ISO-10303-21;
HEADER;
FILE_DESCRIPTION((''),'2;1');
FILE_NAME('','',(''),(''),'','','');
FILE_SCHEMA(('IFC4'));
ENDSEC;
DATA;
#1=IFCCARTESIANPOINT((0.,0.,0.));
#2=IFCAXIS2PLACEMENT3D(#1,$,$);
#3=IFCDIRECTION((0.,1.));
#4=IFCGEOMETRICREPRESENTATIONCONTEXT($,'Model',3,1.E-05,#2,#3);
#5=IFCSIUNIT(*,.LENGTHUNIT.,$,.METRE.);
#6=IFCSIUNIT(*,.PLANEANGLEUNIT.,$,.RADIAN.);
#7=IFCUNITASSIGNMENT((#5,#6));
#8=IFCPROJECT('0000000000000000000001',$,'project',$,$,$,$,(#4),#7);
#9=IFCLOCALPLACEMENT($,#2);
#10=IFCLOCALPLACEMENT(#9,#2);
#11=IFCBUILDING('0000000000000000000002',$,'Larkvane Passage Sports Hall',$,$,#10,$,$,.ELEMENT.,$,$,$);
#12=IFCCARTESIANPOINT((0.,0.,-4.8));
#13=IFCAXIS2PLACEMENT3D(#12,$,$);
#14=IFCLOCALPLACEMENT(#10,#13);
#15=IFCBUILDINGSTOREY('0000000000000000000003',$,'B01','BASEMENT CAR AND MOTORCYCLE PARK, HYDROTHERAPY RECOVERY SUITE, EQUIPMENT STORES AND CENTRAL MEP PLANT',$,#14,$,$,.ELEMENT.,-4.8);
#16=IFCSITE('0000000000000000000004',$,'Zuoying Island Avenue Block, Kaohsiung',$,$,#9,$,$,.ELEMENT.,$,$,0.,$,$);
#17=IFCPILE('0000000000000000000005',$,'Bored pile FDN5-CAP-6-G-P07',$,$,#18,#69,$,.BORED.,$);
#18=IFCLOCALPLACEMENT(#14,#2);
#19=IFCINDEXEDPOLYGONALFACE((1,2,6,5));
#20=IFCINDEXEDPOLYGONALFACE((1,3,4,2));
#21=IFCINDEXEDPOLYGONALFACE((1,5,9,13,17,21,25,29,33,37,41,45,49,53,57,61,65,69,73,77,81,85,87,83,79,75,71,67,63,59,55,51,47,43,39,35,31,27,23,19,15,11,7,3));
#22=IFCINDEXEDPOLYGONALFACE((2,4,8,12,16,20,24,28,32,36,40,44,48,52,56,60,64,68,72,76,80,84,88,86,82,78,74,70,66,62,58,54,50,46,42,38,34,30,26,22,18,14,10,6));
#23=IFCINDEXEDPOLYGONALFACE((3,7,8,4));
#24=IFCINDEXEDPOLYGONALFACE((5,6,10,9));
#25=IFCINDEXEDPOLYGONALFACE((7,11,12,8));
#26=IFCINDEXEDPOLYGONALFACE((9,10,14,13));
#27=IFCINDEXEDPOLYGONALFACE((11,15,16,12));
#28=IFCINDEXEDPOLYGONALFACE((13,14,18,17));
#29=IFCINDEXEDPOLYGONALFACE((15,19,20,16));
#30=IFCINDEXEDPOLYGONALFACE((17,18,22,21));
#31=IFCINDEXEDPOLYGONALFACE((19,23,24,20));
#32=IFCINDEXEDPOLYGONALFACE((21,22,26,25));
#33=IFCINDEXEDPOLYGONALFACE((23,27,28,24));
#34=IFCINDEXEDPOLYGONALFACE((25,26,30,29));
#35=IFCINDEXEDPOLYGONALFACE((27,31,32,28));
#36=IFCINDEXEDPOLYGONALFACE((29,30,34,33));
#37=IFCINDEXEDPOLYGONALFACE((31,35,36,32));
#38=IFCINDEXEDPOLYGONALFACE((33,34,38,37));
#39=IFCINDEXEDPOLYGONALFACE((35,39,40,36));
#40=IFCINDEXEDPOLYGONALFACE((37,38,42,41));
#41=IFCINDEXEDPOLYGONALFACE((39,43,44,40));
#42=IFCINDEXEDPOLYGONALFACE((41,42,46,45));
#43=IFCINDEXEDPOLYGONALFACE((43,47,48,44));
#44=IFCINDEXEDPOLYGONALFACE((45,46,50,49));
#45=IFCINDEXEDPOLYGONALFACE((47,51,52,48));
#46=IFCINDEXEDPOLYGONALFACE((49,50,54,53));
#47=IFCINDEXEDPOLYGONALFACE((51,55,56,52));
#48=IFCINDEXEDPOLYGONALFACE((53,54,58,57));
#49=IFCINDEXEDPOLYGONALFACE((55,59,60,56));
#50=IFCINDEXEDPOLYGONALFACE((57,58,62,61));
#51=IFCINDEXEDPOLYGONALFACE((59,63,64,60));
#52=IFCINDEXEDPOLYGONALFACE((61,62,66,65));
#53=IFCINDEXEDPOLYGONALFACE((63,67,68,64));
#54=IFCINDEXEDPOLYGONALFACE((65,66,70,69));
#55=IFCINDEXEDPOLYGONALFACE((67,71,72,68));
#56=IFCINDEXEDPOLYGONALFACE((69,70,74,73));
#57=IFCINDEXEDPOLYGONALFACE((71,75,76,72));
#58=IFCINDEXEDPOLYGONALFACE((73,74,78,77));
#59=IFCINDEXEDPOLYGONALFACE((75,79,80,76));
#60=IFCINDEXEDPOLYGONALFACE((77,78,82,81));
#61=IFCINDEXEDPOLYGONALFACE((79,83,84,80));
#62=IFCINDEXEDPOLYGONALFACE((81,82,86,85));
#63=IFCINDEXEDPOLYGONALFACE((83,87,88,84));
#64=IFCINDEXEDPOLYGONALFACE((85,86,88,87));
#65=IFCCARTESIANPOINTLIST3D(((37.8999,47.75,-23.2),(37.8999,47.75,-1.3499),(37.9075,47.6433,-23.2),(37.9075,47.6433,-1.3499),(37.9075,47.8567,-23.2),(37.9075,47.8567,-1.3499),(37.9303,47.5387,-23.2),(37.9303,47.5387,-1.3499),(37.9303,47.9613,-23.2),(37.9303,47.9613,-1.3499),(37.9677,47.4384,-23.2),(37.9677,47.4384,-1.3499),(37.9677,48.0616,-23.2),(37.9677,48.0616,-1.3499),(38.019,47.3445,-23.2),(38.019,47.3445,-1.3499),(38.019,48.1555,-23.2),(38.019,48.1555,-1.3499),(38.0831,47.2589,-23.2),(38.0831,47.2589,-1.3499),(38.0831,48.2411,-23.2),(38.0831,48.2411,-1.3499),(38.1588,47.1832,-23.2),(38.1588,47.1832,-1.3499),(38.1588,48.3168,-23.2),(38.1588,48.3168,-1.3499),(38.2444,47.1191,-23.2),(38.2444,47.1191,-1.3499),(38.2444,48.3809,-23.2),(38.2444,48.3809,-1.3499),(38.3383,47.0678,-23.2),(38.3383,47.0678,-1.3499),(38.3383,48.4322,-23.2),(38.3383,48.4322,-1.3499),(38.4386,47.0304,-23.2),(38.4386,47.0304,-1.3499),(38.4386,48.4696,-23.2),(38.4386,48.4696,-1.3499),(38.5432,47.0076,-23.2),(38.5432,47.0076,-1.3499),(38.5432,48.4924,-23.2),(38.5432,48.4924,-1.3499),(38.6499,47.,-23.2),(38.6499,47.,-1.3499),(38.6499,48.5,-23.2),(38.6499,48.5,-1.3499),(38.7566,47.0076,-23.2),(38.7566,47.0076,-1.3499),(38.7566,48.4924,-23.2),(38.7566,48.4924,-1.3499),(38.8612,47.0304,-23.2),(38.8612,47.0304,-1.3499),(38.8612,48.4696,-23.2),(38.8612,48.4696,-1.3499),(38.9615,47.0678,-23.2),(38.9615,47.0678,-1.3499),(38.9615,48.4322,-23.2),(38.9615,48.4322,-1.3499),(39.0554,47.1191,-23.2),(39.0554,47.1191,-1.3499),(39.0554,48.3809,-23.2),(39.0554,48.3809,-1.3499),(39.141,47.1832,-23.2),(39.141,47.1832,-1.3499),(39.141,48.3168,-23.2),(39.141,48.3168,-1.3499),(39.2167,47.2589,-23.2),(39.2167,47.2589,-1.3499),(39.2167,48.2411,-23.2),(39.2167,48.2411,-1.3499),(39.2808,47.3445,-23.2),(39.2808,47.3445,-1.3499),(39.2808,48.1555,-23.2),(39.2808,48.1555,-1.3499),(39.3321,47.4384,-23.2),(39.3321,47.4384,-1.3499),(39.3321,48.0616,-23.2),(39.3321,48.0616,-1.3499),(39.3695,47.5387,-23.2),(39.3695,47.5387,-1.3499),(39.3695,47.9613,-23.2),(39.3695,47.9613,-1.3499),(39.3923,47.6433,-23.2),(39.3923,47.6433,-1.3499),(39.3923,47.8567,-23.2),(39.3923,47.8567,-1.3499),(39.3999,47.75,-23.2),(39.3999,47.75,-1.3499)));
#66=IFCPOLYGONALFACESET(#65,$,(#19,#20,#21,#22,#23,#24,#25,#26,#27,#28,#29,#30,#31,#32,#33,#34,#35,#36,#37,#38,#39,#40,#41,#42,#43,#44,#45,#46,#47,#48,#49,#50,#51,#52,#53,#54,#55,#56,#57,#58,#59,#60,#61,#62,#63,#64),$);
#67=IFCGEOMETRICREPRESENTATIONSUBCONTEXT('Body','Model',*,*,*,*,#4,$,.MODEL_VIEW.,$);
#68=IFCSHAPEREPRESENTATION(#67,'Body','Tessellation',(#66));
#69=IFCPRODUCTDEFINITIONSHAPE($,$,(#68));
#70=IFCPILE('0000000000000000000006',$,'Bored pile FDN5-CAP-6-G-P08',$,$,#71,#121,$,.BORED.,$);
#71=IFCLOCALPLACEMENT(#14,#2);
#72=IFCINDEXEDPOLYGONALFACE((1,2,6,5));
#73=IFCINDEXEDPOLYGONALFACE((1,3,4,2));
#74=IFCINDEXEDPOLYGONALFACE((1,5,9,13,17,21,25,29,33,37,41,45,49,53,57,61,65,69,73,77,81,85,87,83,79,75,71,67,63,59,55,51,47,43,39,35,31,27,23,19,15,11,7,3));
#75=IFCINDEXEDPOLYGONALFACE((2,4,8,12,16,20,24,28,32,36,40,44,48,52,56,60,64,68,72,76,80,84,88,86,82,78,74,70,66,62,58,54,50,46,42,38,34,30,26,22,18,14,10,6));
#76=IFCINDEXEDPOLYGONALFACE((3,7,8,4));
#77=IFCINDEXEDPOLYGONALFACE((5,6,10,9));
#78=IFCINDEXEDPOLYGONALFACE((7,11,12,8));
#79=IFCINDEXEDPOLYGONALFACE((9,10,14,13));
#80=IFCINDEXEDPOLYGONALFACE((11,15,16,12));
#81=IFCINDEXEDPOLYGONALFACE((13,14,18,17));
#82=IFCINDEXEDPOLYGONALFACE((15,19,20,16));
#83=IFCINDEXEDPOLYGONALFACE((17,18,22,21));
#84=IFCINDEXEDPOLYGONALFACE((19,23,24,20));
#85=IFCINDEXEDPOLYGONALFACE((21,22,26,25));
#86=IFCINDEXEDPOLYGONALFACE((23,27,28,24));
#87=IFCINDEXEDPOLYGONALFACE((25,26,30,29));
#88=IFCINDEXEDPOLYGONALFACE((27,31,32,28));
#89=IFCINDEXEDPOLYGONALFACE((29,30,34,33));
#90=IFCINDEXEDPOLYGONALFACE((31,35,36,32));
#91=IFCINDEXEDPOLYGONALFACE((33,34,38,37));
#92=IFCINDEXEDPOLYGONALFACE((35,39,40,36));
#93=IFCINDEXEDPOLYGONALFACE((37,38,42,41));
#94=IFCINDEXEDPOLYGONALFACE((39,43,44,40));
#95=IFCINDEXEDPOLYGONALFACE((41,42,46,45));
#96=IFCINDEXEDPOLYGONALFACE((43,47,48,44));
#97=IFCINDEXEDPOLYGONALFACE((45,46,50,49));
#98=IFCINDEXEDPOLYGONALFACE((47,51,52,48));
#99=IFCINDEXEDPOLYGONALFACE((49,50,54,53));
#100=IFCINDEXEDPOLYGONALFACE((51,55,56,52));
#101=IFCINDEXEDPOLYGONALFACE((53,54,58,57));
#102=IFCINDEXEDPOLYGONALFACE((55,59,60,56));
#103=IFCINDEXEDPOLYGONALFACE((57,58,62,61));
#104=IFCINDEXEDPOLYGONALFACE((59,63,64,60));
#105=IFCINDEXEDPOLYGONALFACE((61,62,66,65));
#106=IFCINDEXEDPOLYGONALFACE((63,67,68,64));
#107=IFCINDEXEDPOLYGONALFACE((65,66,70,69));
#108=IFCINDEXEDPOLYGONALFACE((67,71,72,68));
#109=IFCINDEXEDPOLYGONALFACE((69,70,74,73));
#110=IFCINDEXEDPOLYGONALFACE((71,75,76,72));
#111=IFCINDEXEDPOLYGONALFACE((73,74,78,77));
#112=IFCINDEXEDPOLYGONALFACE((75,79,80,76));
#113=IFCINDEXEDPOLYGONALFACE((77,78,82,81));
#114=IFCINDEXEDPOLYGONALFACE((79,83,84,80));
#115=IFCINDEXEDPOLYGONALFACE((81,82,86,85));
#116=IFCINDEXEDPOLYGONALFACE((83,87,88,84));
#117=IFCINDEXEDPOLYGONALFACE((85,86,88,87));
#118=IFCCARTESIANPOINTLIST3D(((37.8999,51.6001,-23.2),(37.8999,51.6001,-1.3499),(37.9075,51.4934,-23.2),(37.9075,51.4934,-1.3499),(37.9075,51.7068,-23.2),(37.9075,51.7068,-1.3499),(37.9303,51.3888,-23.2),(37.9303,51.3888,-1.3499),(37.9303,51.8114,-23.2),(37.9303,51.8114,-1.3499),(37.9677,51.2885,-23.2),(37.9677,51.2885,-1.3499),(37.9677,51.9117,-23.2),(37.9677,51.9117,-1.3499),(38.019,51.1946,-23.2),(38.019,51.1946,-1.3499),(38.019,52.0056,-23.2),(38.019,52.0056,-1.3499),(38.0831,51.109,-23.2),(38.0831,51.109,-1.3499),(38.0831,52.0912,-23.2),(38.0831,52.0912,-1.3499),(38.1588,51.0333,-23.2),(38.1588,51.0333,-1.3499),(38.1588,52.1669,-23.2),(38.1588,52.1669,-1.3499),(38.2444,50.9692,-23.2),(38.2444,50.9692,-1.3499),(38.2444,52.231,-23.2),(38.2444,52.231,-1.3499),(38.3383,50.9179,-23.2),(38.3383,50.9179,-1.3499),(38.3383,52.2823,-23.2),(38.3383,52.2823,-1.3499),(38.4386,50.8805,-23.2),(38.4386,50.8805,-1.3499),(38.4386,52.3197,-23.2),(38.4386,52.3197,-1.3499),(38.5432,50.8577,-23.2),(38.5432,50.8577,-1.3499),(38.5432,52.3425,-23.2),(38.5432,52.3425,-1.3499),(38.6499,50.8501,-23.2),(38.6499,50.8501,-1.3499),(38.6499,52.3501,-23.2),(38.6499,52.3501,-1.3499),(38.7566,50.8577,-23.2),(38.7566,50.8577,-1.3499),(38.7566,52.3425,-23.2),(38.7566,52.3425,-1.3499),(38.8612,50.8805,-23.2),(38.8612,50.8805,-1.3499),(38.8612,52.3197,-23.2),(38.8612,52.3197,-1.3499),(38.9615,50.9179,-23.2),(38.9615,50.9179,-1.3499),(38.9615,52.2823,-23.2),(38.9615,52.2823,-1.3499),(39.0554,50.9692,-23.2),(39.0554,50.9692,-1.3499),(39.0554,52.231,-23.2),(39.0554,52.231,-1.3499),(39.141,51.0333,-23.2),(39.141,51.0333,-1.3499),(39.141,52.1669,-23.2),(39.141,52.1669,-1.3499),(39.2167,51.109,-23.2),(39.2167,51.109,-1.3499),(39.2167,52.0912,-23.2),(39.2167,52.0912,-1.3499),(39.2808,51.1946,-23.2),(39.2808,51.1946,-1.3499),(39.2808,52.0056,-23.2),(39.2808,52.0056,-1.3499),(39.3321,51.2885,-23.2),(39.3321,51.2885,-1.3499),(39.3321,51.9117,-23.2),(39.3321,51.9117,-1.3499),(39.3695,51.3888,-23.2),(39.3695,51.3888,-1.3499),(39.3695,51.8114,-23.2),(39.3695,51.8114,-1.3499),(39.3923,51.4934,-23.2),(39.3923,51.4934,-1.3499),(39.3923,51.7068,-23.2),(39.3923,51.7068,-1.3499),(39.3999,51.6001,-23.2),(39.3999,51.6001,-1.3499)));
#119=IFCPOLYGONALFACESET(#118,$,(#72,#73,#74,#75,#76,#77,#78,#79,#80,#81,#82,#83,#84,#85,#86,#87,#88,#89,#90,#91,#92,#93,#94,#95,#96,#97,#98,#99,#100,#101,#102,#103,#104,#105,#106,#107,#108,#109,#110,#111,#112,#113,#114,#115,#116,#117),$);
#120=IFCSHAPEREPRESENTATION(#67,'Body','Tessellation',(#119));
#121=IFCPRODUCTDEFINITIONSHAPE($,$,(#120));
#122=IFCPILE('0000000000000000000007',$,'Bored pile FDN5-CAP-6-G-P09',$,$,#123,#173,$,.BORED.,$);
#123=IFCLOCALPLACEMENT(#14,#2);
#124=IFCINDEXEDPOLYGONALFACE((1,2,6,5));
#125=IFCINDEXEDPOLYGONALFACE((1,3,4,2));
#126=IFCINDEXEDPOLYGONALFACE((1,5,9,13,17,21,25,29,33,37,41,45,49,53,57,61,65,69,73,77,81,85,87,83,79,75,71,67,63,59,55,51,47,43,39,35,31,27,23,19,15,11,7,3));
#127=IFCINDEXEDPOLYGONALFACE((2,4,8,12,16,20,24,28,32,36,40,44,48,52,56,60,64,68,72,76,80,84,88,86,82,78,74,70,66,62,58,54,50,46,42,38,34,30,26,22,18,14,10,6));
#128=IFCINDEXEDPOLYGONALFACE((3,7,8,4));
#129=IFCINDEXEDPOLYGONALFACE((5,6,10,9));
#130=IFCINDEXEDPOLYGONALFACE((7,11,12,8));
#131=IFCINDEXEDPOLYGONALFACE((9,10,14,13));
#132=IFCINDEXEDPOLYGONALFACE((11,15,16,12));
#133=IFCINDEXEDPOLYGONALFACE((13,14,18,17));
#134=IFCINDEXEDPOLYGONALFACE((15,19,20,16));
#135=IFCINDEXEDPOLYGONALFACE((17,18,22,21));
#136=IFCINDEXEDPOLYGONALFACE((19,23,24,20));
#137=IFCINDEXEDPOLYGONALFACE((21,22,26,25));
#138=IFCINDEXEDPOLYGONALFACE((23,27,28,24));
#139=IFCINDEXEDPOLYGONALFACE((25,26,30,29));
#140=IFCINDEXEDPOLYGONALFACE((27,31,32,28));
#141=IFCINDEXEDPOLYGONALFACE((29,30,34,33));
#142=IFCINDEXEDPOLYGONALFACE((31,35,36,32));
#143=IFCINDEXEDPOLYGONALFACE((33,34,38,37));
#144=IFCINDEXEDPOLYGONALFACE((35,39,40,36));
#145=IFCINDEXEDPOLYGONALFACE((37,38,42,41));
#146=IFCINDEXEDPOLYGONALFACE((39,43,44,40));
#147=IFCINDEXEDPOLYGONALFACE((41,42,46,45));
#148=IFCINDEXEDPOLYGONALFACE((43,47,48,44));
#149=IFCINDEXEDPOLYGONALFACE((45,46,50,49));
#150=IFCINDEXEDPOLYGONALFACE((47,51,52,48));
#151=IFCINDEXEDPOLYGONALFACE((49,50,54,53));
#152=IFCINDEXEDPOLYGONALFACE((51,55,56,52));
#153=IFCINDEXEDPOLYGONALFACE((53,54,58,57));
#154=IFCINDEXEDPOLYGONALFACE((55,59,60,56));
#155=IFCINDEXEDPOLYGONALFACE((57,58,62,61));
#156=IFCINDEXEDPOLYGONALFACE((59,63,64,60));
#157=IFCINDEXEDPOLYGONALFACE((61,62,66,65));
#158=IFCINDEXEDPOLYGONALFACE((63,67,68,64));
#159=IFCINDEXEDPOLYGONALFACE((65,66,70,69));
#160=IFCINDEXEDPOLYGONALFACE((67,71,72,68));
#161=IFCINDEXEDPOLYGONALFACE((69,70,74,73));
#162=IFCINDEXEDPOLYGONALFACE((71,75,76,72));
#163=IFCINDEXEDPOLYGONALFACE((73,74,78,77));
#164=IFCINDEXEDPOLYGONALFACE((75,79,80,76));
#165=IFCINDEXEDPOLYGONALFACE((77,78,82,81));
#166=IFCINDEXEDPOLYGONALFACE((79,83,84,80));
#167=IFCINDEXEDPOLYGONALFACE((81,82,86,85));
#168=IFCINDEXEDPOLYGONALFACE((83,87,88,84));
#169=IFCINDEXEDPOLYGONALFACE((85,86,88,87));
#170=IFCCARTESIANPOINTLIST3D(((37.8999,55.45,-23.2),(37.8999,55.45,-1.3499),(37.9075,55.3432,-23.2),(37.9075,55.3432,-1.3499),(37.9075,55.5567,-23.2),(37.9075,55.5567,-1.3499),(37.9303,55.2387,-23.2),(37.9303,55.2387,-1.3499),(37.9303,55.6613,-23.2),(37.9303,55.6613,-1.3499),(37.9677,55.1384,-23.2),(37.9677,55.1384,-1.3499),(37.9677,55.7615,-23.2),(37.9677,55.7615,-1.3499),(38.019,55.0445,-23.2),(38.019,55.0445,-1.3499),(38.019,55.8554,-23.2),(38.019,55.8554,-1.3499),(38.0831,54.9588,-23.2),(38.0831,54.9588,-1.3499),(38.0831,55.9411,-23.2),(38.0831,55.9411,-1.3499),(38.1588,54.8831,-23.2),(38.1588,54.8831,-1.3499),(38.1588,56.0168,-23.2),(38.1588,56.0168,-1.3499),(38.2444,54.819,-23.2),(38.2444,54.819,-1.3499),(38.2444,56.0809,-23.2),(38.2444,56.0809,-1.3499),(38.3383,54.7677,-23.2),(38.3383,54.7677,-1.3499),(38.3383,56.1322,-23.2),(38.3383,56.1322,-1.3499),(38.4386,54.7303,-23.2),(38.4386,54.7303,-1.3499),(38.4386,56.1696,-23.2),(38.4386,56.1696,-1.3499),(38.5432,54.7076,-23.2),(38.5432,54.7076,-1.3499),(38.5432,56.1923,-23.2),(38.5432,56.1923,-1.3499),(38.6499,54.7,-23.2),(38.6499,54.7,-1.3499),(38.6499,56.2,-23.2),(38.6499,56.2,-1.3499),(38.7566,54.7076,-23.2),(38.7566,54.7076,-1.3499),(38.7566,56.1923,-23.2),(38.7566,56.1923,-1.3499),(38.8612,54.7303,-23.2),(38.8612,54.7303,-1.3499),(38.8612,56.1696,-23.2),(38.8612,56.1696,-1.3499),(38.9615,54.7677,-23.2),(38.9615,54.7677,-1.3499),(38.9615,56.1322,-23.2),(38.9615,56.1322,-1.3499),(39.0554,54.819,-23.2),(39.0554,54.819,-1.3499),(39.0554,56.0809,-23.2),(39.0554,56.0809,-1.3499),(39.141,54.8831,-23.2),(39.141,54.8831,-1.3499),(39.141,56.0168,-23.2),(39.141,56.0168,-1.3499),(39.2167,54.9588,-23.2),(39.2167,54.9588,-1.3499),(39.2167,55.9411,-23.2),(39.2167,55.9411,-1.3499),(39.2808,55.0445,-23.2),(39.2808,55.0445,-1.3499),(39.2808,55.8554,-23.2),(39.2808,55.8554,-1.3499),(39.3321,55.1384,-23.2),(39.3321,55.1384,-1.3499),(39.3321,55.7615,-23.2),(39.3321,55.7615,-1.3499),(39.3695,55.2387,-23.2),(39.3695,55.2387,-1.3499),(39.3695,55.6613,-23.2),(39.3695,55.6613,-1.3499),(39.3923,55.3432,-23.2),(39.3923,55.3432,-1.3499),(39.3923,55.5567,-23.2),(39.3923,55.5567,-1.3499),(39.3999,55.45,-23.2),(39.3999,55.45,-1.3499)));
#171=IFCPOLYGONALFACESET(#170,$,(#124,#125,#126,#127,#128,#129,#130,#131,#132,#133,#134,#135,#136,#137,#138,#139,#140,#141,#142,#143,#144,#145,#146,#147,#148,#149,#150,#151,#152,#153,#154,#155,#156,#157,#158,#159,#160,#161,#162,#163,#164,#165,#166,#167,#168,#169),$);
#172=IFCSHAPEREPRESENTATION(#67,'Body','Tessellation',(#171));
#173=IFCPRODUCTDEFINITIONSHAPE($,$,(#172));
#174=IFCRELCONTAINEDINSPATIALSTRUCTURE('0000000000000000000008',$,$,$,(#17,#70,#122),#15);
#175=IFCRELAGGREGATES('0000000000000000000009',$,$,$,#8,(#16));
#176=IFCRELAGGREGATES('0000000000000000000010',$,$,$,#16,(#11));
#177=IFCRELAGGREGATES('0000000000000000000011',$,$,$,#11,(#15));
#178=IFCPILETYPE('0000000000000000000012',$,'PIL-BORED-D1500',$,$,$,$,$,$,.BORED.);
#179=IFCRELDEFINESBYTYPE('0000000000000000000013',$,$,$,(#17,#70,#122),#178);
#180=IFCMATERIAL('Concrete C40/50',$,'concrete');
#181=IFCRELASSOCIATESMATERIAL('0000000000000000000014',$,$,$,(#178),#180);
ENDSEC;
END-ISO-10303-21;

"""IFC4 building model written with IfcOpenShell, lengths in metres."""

from ifc_helpers import new_model, si_unit, direction, frame, origin, origin_2d, place, context, subcontext, project, spatial, circle, extrude, material, material_profile, profile_set, type_object, element, save


model = new_model("IFC4")

# Units and contexts
model_context = context("Model", 3, precision=1e-05, world=origin(), true_north=direction((0.0, 1.0)))
body_context = subcontext(model_context, "Body", "Model", "MODEL_VIEW")
ifc_project = project(units=[si_unit("LENGTHUNIT", "METRE"), si_unit("PLANEANGLEUNIT", "RADIAN")], contexts=[model_context])

# Site, building, storey
site_placement = place(None, origin())
site = spatial("IfcSite", under=ifc_project, at=site_placement, Name="Zuoying Island Avenue Block, Kaohsiung", CompositionType="ELEMENT", RefElevation=0.0)
building_placement = place(site_placement, origin())
building = spatial("IfcBuilding", under=site, at=building_placement, Name="Larkvane Passage Sports Hall", CompositionType="ELEMENT")
storey_placement = place(building_placement, frame((0.0, 0.0, -4.8)))
storey = spatial("IfcBuildingStorey", under=building, at=storey_placement, Name="B01", Description="BASEMENT CAR AND MOTORCYCLE PARK, HYDROTHERAPY RECOVERY SUITE, EQUIPMENT STORES AND CENTRAL MEP PLANT", CompositionType="ELEMENT", Elevation=-4.8)

# Shared definitions
ifc_material_1 = material(Name="Concrete C40/50", Category="concrete")

# Piles
ifc_material_profile_1 = material_profile(ifc_material_1, circle(Radius=0.75, at=origin_2d()), Name="PILE-D1500")
ifc_profile_set_1 = profile_set([ifc_material_profile_1], Name="Concrete C40/50")
pile_type_1 = type_object("IfcPileType", Name="PIL-BORED-D1500", PredefinedType="BORED", material=ifc_profile_set_1)
for number, where, z_axis, x_axis, name in (
    (1, (38.6499, 47.75, -1.3499), (0.0, 0.0, -1.0), (1.0, 0.0, 0.0), "Bored pile FDN5-CAP-6-G-P07"),
    (2, (38.6499, 51.6001, -1.3499), (0.0, 0.0, -1.0), (1.0, 0.0, 0.0), "Bored pile FDN5-CAP-6-G-P08"),
    (3, (38.6499, 55.45, -1.3499), (0.0, 0.0, -1.0), (1.0, 0.0, 0.0), "Bored pile FDN5-CAP-6-G-P09"),
):
    element("IfcPile", number, at=place(storey_placement, frame(where, z_axis=z_axis, x_axis=x_axis)), inside=storey, type_object=pile_type_1, Name=name, PredefinedType="BORED", context=body_context, shape_type="SweptSolid", body=[
        extrude(circle(Radius=0.75, at=origin_2d()), origin(), (0.0, 0.0, 1.0), 21.8501),
    ])

save(model, "model.ifc")
